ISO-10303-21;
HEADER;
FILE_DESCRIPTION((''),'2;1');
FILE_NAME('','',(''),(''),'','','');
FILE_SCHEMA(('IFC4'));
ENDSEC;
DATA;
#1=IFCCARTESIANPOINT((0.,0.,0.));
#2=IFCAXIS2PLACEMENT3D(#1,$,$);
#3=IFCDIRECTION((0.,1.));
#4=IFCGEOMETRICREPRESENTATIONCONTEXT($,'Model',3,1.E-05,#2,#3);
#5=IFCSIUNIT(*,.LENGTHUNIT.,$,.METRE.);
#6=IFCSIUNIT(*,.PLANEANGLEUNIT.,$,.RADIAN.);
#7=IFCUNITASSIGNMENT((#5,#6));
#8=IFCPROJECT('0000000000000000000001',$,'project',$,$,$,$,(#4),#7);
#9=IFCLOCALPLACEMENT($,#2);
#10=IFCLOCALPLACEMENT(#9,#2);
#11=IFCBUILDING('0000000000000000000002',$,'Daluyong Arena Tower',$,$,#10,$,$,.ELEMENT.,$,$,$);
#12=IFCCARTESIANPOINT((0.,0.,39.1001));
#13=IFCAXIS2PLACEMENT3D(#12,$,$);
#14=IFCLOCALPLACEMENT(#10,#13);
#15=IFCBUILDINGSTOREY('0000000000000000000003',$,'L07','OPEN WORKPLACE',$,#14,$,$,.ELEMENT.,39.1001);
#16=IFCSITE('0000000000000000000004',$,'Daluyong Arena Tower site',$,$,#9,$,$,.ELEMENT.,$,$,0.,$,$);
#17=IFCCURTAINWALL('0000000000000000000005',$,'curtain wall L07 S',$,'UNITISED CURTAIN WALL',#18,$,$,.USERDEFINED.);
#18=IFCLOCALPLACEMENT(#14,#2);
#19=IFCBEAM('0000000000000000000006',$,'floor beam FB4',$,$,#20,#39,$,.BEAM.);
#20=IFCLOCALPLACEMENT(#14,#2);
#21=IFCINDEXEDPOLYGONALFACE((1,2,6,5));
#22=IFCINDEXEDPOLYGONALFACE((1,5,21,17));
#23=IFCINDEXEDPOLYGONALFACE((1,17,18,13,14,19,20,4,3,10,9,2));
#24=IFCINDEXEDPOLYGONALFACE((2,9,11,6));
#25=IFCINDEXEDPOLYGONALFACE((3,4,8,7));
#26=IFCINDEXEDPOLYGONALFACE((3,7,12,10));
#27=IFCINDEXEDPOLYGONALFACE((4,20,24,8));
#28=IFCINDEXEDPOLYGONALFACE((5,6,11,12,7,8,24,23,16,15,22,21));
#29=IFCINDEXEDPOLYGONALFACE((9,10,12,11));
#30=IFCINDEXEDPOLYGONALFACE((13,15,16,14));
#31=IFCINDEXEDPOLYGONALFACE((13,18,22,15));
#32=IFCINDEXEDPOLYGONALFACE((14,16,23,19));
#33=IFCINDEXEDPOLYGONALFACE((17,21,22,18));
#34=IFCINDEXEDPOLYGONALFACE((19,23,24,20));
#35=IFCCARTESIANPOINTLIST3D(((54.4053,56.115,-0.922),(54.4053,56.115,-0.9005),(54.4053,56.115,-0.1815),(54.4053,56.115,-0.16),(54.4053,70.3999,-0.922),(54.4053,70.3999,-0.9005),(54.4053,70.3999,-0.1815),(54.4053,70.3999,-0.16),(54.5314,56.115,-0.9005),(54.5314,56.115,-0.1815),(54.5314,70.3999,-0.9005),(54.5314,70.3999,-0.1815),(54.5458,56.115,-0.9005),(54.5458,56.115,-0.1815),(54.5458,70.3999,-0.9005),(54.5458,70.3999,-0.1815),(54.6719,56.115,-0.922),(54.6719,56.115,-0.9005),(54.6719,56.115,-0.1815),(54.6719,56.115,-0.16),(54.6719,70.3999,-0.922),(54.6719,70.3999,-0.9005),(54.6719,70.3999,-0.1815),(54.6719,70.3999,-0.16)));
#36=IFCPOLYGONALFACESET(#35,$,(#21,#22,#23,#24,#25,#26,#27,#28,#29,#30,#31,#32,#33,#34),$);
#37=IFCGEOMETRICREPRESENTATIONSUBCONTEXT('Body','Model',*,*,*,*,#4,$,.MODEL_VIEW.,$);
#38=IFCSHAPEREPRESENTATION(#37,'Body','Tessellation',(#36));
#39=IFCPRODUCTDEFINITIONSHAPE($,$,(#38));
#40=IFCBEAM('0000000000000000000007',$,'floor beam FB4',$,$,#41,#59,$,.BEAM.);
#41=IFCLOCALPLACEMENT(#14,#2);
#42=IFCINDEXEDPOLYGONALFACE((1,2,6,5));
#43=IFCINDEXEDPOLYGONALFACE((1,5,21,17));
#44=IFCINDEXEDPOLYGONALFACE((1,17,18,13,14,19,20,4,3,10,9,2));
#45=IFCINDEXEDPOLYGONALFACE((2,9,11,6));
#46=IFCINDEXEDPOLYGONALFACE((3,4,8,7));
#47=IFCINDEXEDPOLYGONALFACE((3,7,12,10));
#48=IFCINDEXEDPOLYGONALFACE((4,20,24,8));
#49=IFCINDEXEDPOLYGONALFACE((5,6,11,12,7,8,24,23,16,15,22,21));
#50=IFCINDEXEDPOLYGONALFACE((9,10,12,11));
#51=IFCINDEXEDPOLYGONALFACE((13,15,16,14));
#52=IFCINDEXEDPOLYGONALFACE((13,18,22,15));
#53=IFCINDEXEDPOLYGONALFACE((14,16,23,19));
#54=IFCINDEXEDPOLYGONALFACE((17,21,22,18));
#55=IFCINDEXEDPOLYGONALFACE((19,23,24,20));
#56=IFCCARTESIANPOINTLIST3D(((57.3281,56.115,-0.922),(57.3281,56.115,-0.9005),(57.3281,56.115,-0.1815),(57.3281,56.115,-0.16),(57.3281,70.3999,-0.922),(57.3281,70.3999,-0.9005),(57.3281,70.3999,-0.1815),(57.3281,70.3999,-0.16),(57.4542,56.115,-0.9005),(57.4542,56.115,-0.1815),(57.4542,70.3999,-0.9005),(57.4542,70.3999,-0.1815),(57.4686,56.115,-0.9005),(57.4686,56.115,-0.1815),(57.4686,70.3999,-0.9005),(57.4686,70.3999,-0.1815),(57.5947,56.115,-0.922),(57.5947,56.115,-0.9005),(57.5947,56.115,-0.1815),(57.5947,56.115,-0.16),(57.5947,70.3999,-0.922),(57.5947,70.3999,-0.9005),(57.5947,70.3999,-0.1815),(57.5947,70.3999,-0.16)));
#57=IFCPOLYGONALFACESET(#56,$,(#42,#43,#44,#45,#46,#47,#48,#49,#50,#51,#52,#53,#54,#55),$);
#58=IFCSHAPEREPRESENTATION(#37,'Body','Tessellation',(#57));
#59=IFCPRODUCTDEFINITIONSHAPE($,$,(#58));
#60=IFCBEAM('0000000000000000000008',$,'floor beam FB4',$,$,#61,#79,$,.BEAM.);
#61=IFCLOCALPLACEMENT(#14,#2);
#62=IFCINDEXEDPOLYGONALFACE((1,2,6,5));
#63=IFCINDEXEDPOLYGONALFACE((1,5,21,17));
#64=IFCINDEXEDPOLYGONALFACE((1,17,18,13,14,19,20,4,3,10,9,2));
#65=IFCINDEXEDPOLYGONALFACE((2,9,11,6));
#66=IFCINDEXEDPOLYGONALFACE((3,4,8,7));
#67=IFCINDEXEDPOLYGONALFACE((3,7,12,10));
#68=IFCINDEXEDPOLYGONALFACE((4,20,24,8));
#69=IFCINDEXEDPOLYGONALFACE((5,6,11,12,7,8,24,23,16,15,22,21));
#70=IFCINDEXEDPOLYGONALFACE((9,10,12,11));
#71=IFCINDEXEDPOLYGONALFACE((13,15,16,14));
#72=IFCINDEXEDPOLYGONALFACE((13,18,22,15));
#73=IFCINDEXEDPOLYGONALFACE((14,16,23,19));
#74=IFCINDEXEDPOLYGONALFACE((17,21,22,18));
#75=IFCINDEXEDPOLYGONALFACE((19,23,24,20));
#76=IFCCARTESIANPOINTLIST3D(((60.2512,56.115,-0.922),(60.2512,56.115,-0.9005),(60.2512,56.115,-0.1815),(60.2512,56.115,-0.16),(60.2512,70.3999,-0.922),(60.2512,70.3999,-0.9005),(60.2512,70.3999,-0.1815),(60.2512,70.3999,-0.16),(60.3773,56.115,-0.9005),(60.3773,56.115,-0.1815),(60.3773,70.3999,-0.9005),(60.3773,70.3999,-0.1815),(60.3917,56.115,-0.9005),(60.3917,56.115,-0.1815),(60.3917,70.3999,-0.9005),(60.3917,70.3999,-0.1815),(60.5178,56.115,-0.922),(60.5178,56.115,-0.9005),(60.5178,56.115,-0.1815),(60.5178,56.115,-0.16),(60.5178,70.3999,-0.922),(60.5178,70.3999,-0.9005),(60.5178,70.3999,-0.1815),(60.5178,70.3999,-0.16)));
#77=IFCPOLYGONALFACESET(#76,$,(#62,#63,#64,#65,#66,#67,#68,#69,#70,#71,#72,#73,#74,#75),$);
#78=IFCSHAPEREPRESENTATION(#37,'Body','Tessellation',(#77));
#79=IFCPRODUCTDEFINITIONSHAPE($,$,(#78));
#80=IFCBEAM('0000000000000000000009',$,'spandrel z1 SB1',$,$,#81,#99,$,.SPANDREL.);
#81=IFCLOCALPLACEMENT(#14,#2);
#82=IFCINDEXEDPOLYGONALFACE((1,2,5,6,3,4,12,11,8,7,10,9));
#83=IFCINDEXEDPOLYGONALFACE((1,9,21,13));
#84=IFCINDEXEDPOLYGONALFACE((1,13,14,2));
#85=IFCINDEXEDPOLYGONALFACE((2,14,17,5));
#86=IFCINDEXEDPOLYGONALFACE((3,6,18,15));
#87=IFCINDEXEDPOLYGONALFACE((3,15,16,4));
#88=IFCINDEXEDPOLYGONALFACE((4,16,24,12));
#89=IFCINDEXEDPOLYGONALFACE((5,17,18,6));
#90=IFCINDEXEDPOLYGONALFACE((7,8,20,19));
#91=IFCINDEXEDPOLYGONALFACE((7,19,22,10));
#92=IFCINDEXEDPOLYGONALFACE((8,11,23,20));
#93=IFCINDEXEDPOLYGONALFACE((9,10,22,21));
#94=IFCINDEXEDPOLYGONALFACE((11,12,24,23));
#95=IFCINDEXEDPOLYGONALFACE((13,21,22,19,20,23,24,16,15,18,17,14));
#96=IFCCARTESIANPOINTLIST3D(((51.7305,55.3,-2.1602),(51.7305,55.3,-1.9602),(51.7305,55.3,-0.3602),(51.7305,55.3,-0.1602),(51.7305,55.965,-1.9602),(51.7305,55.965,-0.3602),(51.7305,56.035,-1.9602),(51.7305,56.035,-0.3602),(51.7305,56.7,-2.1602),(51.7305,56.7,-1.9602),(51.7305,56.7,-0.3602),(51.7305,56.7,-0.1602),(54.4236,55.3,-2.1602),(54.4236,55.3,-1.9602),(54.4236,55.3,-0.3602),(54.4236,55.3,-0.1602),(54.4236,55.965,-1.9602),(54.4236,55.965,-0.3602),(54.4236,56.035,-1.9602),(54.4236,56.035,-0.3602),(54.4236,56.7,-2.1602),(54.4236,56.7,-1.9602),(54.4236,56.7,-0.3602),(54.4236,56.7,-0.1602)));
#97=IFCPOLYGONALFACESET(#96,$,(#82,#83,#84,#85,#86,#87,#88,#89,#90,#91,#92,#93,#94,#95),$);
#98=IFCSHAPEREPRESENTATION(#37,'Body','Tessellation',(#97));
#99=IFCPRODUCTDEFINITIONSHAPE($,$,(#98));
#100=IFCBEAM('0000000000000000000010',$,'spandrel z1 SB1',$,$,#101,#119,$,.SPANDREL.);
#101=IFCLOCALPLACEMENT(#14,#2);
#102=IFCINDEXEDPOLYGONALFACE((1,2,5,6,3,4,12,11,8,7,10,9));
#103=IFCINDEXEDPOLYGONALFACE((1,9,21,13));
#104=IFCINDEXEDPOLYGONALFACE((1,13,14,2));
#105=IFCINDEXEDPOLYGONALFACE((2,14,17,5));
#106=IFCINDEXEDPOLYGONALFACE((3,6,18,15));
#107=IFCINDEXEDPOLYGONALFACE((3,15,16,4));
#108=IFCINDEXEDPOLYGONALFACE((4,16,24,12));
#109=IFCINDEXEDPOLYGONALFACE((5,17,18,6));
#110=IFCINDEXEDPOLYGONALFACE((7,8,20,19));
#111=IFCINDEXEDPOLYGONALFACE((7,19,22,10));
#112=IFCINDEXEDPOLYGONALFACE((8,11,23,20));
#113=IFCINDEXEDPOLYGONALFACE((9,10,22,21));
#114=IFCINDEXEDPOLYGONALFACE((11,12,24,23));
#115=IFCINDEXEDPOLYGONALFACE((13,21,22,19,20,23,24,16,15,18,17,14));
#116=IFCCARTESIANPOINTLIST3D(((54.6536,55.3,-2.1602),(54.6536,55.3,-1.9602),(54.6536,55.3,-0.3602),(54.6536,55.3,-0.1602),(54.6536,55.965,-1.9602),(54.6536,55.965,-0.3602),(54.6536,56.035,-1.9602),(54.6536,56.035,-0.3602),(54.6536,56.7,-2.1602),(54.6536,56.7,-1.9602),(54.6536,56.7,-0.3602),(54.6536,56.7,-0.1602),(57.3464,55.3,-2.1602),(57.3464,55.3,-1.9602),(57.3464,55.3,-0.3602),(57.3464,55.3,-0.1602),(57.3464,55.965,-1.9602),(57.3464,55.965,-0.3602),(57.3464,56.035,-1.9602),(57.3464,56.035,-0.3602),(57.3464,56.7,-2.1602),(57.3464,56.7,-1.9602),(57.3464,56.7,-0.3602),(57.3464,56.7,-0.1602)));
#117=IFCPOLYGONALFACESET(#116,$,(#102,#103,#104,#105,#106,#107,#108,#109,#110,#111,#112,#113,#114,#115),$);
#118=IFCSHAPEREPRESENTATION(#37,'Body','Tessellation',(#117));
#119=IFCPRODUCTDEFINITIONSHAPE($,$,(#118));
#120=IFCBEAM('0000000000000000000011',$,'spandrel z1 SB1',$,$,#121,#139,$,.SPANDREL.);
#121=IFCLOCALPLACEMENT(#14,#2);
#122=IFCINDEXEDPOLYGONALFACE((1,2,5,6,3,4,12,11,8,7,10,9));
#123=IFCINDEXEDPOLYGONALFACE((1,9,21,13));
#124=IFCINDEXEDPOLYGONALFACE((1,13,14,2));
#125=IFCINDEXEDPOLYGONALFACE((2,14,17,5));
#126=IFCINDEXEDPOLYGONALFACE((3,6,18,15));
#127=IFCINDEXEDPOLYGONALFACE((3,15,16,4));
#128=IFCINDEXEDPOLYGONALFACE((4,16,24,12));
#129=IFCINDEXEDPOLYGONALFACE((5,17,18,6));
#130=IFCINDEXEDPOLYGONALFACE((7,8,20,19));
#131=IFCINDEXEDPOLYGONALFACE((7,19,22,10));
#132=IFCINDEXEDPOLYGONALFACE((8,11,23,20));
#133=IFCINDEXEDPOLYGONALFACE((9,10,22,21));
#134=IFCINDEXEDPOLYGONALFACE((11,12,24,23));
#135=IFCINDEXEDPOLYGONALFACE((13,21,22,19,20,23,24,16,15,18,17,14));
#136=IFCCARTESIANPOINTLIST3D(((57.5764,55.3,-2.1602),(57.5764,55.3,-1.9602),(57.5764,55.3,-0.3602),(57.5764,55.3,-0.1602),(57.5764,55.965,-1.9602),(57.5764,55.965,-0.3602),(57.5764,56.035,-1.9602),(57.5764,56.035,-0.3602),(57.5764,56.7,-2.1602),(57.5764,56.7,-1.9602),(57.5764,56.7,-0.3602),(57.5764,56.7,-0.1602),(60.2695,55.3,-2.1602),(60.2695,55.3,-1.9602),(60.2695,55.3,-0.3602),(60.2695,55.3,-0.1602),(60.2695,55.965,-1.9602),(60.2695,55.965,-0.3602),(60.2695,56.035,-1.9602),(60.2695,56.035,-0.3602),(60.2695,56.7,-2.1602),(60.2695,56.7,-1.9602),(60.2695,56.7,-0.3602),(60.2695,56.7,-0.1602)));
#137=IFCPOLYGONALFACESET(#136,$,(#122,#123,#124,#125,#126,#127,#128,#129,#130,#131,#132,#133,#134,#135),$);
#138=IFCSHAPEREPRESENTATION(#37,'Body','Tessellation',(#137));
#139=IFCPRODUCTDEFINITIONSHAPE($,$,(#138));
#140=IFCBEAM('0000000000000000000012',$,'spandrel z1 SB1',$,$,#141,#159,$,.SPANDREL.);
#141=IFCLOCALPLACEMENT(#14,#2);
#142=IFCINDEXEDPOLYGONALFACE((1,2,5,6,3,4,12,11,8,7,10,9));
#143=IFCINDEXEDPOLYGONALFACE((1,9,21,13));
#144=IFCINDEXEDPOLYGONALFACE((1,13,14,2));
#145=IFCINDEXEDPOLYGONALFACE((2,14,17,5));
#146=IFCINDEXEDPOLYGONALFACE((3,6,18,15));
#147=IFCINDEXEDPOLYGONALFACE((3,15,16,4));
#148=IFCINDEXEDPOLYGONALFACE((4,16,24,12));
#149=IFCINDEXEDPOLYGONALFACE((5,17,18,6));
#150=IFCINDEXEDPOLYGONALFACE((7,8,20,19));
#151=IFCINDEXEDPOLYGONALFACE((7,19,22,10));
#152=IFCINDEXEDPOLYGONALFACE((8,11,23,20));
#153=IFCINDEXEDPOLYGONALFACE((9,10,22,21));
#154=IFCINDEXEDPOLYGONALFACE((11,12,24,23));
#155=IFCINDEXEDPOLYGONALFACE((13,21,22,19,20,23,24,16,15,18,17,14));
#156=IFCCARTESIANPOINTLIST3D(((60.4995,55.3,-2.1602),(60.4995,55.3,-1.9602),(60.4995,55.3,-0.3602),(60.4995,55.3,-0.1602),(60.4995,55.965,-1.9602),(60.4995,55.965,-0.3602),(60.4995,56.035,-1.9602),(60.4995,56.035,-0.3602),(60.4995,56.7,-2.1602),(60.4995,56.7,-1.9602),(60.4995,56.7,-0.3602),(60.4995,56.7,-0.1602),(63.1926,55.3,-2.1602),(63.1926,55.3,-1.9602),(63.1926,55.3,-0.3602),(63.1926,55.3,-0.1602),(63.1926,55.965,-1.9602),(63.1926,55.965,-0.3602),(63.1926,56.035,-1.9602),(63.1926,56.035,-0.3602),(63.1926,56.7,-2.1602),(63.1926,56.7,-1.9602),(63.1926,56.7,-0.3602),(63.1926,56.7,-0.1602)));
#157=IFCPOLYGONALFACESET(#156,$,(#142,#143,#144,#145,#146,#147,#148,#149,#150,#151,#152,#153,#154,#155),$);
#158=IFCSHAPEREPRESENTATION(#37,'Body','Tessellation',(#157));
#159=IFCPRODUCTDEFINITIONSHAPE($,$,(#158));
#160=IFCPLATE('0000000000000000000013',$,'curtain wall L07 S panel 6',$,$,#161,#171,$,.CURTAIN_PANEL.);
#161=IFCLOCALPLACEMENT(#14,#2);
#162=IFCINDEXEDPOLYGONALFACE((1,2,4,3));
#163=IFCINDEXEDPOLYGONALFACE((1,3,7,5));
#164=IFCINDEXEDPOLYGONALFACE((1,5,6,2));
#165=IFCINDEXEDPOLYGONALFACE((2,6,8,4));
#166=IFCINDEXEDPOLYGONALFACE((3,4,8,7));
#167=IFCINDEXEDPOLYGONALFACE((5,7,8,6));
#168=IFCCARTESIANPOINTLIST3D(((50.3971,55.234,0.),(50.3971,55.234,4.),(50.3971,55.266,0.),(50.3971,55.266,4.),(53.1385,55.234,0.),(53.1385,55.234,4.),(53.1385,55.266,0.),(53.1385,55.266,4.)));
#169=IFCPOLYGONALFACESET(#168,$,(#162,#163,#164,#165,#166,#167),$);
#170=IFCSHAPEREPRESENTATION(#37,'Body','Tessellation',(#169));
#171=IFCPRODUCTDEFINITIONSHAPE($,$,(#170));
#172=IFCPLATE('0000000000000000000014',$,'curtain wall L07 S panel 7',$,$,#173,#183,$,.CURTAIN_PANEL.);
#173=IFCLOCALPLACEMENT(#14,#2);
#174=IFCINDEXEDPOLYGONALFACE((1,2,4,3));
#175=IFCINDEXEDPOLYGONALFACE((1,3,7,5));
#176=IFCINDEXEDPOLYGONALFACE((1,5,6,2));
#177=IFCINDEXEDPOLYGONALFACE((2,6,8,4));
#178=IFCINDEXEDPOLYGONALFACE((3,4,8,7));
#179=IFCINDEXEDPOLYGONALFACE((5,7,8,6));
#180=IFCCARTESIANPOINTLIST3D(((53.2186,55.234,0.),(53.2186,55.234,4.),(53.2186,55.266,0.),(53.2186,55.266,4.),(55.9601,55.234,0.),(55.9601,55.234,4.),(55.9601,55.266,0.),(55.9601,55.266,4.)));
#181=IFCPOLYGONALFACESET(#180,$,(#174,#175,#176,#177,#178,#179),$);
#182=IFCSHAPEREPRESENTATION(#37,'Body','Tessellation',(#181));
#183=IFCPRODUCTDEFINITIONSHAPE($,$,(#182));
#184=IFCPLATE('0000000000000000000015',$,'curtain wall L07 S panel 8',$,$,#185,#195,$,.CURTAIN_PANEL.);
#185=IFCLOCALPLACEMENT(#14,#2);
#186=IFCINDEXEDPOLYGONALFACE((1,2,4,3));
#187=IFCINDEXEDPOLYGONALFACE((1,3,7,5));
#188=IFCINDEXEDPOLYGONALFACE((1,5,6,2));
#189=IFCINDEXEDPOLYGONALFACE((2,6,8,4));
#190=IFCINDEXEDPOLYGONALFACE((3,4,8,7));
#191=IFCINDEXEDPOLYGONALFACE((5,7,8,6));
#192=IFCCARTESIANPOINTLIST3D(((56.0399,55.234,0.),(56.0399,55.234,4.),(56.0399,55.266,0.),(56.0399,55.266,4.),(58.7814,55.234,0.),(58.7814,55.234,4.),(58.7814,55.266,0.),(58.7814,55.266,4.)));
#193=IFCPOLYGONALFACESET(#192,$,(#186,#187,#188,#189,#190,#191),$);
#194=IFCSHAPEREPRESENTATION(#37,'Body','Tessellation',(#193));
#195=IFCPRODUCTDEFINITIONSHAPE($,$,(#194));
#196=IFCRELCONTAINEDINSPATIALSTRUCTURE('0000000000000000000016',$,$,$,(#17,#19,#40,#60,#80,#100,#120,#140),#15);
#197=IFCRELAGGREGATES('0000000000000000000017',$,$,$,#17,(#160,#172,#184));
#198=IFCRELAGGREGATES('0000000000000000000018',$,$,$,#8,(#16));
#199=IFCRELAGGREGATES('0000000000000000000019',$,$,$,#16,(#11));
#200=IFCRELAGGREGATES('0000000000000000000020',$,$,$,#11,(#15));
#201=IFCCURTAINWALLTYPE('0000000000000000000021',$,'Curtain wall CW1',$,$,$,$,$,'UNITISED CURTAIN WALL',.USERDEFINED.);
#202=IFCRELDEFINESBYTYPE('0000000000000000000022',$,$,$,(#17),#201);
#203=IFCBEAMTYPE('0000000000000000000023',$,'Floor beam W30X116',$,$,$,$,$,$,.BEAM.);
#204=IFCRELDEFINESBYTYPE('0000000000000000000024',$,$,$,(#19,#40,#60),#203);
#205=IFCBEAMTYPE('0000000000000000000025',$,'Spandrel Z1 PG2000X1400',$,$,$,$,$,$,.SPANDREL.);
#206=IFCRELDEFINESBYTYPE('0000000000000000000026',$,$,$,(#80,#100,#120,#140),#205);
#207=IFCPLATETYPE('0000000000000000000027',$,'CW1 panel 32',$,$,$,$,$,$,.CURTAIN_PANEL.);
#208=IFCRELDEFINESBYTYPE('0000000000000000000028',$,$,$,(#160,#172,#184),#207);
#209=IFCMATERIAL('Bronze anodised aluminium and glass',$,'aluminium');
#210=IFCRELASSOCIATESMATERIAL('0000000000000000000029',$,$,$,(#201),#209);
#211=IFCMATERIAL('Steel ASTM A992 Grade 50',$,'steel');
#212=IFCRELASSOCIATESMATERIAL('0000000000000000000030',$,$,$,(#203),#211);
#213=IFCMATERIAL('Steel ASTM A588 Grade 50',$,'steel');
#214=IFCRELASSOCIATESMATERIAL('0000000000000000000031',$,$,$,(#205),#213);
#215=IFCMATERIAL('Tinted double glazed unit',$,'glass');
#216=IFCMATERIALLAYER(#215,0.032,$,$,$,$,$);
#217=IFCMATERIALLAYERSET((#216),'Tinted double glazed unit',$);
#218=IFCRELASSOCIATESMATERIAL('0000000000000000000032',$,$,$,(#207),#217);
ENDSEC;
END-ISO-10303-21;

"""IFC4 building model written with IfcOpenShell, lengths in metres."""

from ifc_helpers import new_model, si_unit, direction, frame, origin, origin_2d, place, context, subcontext, project, spatial, rectangle, i_section, extrude, material, layer, layer_set, material_profile, profile_set, type_object, element, aggregate, save


model = new_model("IFC4")

# Units and contexts
model_context = context("Model", 3, precision=1e-05, world=origin(), true_north=direction((0.0, 1.0)))
body_context = subcontext(model_context, "Body", "Model", "MODEL_VIEW")
ifc_project = project(units=[si_unit("LENGTHUNIT", "METRE"), si_unit("PLANEANGLEUNIT", "RADIAN")], contexts=[model_context])

# Site, building, storey
site_placement = place(None, origin())
site = spatial("IfcSite", under=ifc_project, at=site_placement, Name="Daluyong Arena Tower site", CompositionType="ELEMENT", RefElevation=0.0)
building_placement = place(site_placement, origin())
building = spatial("IfcBuilding", under=site, at=building_placement, Name="Daluyong Arena Tower", CompositionType="ELEMENT")
storey_placement = place(building_placement, frame((0.0, 0.0, 39.1001)))
storey = spatial("IfcBuildingStorey", under=building, at=storey_placement, Name="L07", Description="OPEN WORKPLACE", CompositionType="ELEMENT", Elevation=39.1001)

# Curtain wall
ifc_material_1 = material(Name="Bronze anodised aluminium and glass", Category="aluminium")
curtain_wall_type = type_object("IfcCurtainWallType", Name="Curtain wall CW1", ElementType="UNITISED CURTAIN WALL", PredefinedType="USERDEFINED", material=ifc_material_1)
curtain_wall_placement = place(storey_placement, origin())
curtain_wall = element("IfcCurtainWall", 1, at=curtain_wall_placement, inside=storey, type_object=curtain_wall_type, Name="curtain wall L07 S", ObjectType="UNITISED CURTAIN WALL", PredefinedType="USERDEFINED")

# Beams
ifc_material_2 = material(Name="Steel ASTM A992 Grade 50", Category="steel")
ifc_material_profile_1 = material_profile(ifc_material_2, i_section(OverallWidth=0.2666, OverallDepth=0.762, WebThickness=0.0144, FlangeThickness=0.0215, at=origin_2d()))
ifc_profile_set_1 = profile_set([ifc_material_profile_1], Name="Steel ASTM A992 Grade 50")
beam_type_1 = type_object("IfcBeamType", Name="Floor beam W30X116", PredefinedType="BEAM", material=ifc_profile_set_1)
for number, where, z_axis, x_axis, name in (
    (2, (54.5386, 56.115, -0.541), (0.0, 1.0, 0.0), (-1.0, 0.0, 0.0), "floor beam FB4"),
    (3, (57.4614, 56.115, -0.541), (0.0, 1.0, 0.0), (-1.0, 0.0, 0.0), "floor beam FB4"),
    (4, (60.3845, 56.115, -0.541), (0.0, 1.0, 0.0), (-1.0, 0.0, 0.0), "floor beam FB4"),
):
    element("IfcBeam", number, at=place(storey_placement, frame(where, z_axis=z_axis, x_axis=x_axis)), inside=storey, type_object=beam_type_1, Name=name, PredefinedType="BEAM", context=body_context, shape_type="SweptSolid", body=[
        extrude(i_section(OverallWidth=0.2666, OverallDepth=0.762, WebThickness=0.0144, FlangeThickness=0.0215, at=origin_2d()), origin(), (0.0, 0.0, 1.0), 14.2849),
    ])
ifc_material_3 = material(Name="Steel ASTM A588 Grade 50", Category="steel")
ifc_material_profile_2 = material_profile(ifc_material_3, i_section(OverallWidth=1.3999, OverallDepth=2.0, WebThickness=0.07, FlangeThickness=0.2, at=origin_2d()))
ifc_profile_set_2 = profile_set([ifc_material_profile_2], Name="Steel ASTM A588 Grade 50")
beam_type_2 = type_object("IfcBeamType", Name="Spandrel Z1 PG2000X1400", PredefinedType="SPANDREL", material=ifc_profile_set_2)
beam_1_placement = place(storey_placement, frame((51.7305, 56.0, -1.1602), z_axis=(1.0, 0.0, 0.0), x_axis=(0.0, 1.0, 0.0)))
element("IfcBeam", 5, at=beam_1_placement, inside=storey, type_object=beam_type_2, Name="spandrel z1 SB1", PredefinedType="SPANDREL", context=body_context, shape_type="SweptSolid", body=[
    extrude(i_section(OverallWidth=1.3999, OverallDepth=2.0, WebThickness=0.07, FlangeThickness=0.2, at=origin_2d()), origin(), (0.0, 0.0, 1.0), 2.6931),
])
beam_2_placement = place(storey_placement, frame((54.6536, 56.0, -1.1602), z_axis=(1.0, 0.0, 0.0), x_axis=(0.0, 1.0, 0.0)))
element("IfcBeam", 6, at=beam_2_placement, inside=storey, type_object=beam_type_2, Name="spandrel z1 SB1", PredefinedType="SPANDREL", context=body_context, shape_type="SweptSolid", body=[
    extrude(i_section(OverallWidth=1.3999, OverallDepth=2.0, WebThickness=0.07, FlangeThickness=0.2, at=origin_2d()), origin(), (0.0, 0.0, 1.0), 2.6929),
])
for number, where, z_axis, x_axis, name in (
    (7, (57.5764, 56.0, -1.1602), (1.0, 0.0, 0.0), (0.0, 1.0, 0.0), "spandrel z1 SB1"),
    (8, (60.4995, 56.0, -1.1602), (1.0, 0.0, 0.0), (0.0, 1.0, 0.0), "spandrel z1 SB1"),
):
    element("IfcBeam", number, at=place(storey_placement, frame(where, z_axis=z_axis, x_axis=x_axis)), inside=storey, type_object=beam_type_2, Name=name, PredefinedType="SPANDREL", context=body_context, shape_type="SweptSolid", body=[
        extrude(i_section(OverallWidth=1.3999, OverallDepth=2.0, WebThickness=0.07, FlangeThickness=0.2, at=origin_2d()), origin(), (0.0, 0.0, 1.0), 2.6931),
    ])

# Plates
ifc_material_4 = material(Name="Tinted double glazed unit", Category="glass")
ifc_layer_1 = layer(ifc_material_4, 0.032)
ifc_layer_set_1 = layer_set([ifc_layer_1], Name="Tinted double glazed unit")
plate_type = type_object("IfcPlateType", Name="CW1 panel 32", PredefinedType="CURTAIN_PANEL", material=ifc_layer_set_1)
plate_1_placement = place(storey_placement, frame((51.7678, 55.25, 0.0), z_axis=(0.0, 0.0, 1.0), x_axis=(1.0, 0.0, 0.0)))
plate_1 = element("IfcPlate", 9, at=plate_1_placement, type_object=plate_type, Name="curtain wall L07 S panel 6", PredefinedType="CURTAIN_PANEL", context=body_context, shape_type="SweptSolid", body=[
    extrude(rectangle(XDim=2.7415, YDim=0.032, at=origin_2d()), origin(), (0.0, 0.0, 1.0), 4.0),
])
plate_2_placement = place(storey_placement, frame((54.5894, 55.25, 0.0), z_axis=(0.0, 0.0, 1.0), x_axis=(1.0, 0.0, 0.0)))
plate_2 = element("IfcPlate", 10, at=plate_2_placement, type_object=plate_type, Name="curtain wall L07 S panel 7", PredefinedType="CURTAIN_PANEL", context=body_context, shape_type="SweptSolid", body=[
    extrude(rectangle(XDim=2.7415, YDim=0.032, at=origin_2d()), origin(), (0.0, 0.0, 1.0), 4.0),
])
plate_3_placement = place(storey_placement, frame((57.4106, 55.25, 0.0), z_axis=(0.0, 0.0, 1.0), x_axis=(1.0, 0.0, 0.0)))
plate_3 = element("IfcPlate", 11, at=plate_3_placement, type_object=plate_type, Name="curtain wall L07 S panel 8", PredefinedType="CURTAIN_PANEL", context=body_context, shape_type="SweptSolid", body=[
    extrude(rectangle(XDim=2.7415, YDim=0.032, at=origin_2d()), origin(), (0.0, 0.0, 1.0), 4.0),
])
aggregate(curtain_wall, [plate_1, plate_2, plate_3])

save(model, "model.ifc")
